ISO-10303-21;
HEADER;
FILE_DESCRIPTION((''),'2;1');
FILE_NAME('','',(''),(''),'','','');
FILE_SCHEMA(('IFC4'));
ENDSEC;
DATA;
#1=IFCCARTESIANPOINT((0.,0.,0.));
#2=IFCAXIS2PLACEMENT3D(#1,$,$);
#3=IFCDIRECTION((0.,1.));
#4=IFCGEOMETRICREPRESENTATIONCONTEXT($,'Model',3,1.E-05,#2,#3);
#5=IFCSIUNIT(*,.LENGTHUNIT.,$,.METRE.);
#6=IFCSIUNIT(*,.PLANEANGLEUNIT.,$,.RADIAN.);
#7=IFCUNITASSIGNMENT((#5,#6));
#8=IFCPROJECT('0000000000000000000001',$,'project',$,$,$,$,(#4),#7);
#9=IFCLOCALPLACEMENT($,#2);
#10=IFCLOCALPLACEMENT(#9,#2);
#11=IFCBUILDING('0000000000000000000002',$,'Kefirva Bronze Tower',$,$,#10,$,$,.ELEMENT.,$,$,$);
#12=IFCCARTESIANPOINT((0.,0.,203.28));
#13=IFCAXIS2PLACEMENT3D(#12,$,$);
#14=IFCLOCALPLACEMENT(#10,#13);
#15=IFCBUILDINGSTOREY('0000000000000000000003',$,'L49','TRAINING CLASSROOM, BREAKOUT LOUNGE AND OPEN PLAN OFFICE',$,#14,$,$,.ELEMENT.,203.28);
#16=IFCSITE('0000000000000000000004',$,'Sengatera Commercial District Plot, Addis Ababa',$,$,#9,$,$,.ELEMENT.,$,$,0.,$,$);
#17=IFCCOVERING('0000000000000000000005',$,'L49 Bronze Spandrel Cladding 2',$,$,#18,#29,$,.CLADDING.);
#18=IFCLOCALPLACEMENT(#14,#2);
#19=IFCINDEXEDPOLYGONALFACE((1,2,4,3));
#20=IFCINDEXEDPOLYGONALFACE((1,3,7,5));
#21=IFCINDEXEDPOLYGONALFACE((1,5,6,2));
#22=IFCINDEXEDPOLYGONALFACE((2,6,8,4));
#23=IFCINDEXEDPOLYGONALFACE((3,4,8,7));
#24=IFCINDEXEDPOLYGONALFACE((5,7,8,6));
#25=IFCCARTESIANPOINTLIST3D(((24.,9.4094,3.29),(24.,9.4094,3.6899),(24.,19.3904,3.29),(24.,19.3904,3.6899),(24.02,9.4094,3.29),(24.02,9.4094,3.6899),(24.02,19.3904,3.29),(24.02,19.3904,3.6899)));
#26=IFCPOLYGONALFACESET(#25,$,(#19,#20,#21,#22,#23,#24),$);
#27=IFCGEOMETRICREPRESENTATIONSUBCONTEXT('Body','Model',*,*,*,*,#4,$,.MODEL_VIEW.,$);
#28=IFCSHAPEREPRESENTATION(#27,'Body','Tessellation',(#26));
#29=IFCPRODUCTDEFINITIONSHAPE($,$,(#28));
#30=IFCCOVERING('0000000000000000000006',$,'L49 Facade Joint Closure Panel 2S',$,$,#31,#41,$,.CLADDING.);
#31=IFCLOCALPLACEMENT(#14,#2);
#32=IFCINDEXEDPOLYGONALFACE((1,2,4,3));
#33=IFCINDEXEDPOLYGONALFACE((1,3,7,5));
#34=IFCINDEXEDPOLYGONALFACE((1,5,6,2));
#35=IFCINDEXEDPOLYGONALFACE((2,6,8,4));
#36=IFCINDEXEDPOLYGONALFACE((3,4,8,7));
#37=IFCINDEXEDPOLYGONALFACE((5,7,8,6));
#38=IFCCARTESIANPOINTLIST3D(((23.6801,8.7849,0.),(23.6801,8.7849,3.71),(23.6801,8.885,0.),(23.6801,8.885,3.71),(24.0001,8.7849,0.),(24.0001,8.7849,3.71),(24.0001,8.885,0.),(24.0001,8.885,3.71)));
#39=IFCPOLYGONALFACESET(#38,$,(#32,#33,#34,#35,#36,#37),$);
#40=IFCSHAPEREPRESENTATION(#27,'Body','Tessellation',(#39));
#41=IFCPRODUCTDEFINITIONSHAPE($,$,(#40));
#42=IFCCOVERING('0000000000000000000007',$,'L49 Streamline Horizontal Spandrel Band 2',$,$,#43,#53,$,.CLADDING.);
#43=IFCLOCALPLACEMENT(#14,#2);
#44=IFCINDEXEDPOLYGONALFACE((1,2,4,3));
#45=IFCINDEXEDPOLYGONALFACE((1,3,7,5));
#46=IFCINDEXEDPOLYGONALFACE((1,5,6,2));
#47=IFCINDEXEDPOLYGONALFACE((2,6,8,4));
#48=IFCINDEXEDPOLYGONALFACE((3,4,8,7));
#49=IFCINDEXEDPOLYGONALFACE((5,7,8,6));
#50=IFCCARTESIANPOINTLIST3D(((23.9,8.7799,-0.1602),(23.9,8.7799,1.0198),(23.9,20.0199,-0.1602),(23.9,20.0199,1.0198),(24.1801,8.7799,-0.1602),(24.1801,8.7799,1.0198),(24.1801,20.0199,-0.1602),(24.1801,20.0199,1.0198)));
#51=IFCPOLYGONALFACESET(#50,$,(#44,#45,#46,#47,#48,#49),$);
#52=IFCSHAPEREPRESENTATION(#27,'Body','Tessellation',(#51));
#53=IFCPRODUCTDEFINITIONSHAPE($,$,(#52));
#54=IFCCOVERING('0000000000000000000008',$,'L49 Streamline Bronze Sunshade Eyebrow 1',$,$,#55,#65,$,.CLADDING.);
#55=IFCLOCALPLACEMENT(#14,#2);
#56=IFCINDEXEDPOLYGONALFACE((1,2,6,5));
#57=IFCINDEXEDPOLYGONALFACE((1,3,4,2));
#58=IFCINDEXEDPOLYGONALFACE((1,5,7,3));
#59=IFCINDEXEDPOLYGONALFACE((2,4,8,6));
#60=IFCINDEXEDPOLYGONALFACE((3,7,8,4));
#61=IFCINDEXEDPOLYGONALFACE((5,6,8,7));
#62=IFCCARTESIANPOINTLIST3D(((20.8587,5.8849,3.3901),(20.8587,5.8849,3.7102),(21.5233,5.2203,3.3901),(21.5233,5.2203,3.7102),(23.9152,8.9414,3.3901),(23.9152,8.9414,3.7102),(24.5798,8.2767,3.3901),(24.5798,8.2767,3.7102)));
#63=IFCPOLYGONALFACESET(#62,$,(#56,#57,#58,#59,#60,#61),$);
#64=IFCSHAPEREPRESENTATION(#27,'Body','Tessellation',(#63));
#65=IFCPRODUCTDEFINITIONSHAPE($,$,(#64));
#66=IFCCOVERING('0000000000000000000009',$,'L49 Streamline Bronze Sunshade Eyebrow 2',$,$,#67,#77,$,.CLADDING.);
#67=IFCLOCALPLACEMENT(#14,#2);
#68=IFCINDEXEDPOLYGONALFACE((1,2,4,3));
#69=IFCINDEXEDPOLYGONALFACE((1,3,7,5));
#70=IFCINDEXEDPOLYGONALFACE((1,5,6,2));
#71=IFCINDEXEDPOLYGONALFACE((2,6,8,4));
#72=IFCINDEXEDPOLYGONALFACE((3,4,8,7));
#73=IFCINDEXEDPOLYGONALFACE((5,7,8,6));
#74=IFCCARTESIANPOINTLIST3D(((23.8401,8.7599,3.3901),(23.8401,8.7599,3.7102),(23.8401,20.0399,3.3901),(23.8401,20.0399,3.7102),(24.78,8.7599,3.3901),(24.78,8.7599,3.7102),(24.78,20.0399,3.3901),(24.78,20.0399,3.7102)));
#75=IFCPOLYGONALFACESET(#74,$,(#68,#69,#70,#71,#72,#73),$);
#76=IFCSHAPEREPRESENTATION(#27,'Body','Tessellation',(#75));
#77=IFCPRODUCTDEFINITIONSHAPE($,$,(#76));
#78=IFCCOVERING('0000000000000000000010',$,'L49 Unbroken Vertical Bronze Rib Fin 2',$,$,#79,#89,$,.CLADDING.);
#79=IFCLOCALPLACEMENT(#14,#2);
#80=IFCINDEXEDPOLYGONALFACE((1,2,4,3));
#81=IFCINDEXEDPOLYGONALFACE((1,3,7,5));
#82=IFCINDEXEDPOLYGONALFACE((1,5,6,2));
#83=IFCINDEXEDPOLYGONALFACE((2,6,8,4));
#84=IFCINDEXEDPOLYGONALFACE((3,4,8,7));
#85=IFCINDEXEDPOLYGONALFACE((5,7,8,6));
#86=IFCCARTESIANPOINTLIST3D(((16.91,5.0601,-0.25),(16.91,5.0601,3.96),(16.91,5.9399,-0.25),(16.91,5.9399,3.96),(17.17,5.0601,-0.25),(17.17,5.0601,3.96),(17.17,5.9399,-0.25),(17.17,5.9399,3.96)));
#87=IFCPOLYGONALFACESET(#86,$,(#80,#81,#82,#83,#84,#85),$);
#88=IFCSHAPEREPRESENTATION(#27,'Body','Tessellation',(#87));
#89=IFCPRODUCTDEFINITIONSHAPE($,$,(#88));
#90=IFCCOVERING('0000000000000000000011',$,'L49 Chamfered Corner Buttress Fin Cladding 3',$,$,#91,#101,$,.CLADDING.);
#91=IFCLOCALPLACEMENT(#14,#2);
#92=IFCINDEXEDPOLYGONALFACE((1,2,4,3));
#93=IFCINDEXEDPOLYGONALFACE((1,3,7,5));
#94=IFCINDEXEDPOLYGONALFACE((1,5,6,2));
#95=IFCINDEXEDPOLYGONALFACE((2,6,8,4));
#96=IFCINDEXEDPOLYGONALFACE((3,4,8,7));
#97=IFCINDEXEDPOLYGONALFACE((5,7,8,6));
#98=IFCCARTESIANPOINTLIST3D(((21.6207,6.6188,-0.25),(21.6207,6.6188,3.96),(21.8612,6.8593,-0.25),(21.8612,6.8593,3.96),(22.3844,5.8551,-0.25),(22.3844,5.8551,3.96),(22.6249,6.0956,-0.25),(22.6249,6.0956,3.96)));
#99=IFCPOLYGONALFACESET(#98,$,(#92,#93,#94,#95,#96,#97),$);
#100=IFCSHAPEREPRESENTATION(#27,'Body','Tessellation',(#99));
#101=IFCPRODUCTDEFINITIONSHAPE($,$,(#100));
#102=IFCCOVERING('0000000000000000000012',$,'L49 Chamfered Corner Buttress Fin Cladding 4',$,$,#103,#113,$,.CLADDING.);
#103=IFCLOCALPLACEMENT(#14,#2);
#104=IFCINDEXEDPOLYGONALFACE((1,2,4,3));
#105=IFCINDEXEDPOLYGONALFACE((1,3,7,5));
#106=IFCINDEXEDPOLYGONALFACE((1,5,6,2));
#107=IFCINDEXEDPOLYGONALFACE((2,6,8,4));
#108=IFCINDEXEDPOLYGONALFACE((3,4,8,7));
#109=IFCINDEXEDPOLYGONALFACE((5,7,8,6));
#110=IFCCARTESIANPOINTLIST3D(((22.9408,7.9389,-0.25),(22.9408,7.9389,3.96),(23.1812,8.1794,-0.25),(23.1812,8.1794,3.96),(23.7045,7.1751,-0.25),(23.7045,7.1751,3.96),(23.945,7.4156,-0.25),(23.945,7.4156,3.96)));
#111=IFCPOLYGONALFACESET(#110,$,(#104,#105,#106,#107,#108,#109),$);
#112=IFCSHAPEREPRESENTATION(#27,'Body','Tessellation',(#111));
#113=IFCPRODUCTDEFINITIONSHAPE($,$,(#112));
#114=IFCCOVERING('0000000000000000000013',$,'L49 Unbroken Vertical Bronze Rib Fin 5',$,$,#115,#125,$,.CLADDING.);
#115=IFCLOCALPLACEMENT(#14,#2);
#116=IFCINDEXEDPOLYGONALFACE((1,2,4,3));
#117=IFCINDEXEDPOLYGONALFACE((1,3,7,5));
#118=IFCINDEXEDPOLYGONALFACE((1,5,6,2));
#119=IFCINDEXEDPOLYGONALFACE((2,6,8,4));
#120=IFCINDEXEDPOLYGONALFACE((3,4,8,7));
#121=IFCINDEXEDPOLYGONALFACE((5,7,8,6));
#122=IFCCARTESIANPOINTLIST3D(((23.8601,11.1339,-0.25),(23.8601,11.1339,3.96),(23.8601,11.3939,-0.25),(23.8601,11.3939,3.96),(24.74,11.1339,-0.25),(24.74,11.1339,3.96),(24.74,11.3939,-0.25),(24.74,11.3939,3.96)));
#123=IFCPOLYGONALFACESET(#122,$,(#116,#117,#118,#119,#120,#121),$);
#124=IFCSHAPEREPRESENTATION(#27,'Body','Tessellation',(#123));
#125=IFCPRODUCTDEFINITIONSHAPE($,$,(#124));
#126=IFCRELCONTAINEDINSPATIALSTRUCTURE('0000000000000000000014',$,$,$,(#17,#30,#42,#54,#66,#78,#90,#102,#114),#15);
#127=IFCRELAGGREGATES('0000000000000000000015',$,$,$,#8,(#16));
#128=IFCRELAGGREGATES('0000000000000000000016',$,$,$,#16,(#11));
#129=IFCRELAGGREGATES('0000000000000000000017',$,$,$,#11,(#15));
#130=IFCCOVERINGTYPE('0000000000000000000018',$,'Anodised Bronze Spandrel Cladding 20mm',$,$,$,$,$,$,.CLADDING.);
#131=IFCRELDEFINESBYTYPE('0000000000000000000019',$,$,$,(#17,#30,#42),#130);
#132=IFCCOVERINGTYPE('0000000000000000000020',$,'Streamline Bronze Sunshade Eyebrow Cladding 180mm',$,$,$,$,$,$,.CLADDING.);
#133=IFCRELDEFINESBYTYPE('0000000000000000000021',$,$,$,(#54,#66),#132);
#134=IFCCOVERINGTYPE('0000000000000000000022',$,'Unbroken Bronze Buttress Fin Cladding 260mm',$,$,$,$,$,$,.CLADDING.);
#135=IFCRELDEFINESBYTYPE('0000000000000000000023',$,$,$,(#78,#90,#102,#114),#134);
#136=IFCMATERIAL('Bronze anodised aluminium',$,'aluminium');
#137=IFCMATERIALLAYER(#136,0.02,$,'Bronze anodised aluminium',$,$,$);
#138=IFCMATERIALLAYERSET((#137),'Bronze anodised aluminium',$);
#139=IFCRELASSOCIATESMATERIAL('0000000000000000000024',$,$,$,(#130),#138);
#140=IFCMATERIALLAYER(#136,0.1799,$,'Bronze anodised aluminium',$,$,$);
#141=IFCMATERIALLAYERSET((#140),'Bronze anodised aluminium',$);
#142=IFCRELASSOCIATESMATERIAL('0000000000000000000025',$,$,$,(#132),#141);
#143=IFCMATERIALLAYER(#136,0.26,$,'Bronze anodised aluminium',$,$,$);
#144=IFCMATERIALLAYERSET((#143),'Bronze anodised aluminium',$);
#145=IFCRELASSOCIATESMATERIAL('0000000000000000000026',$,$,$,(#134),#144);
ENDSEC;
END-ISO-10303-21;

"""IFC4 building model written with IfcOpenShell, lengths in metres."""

from ifc_helpers import new_model, si_unit, direction, frame, origin, origin_2d, place, context, subcontext, project, spatial, rectangle, extrude, material, layer, layer_set, type_object, element, save


model = new_model("IFC4")

# Units and contexts
model_context = context("Model", 3, precision=1e-05, world=origin(), true_north=direction((0.0, 1.0)))
body_context = subcontext(model_context, "Body", "Model", "MODEL_VIEW")
ifc_project = project(units=[si_unit("LENGTHUNIT", "METRE"), si_unit("PLANEANGLEUNIT", "RADIAN")], contexts=[model_context])

# Site, building, storey
site_placement = place(None, origin())
site = spatial("IfcSite", under=ifc_project, at=site_placement, Name="Sengatera Commercial District Plot, Addis Ababa", CompositionType="ELEMENT", RefElevation=0.0)
building_placement = place(site_placement, origin())
building = spatial("IfcBuilding", under=site, at=building_placement, Name="Kefirva Bronze Tower", CompositionType="ELEMENT")
storey_placement = place(building_placement, frame((0.0, 0.0, 203.28)))
storey = spatial("IfcBuildingStorey", under=building, at=storey_placement, Name="L49", Description="TRAINING CLASSROOM, BREAKOUT LOUNGE AND OPEN PLAN OFFICE", CompositionType="ELEMENT", Elevation=203.28)

# Shared definitions
ifc_material_1 = material(Name="Bronze anodised aluminium", Category="aluminium")

# Coverings
ifc_layer_1 = layer(ifc_material_1, 0.02, Name="Bronze anodised aluminium")
ifc_layer_set_1 = layer_set([ifc_layer_1], Name="Bronze anodised aluminium")
covering_type_1 = type_object("IfcCoveringType", Name="Anodised Bronze Spandrel Cladding 20mm", PredefinedType="CLADDING", material=ifc_layer_set_1)
covering_1_placement = place(storey_placement, frame((24.01, 14.3999, 3.29), z_axis=(0.0, 0.0, 1.0), x_axis=(0.0, 1.0, 0.0)))
element("IfcCovering", 1, at=covering_1_placement, inside=storey, type_object=covering_type_1, Name="L49 Bronze Spandrel Cladding 2", PredefinedType="CLADDING", context=body_context, shape_type="SweptSolid", body=[
    extrude(rectangle(XDim=9.981, YDim=0.02, at=origin_2d()), origin(), (0.0, 0.0, 1.0), 0.3999),
])
covering_2_placement = place(storey_placement, frame((23.8401, 8.835, 0.0), z_axis=(0.0, 0.0, 1.0), x_axis=(0.0, 1.0, 0.0)))
element("IfcCovering", 2, at=covering_2_placement, inside=storey, type_object=covering_type_1, Name="L49 Facade Joint Closure Panel 2S", PredefinedType="CLADDING", context=body_context, shape_type="SweptSolid", body=[
    extrude(rectangle(XDim=0.1001, YDim=0.3201, at=origin_2d()), origin(), (0.0, 0.0, 1.0), 3.71),
])
covering_3_placement = place(storey_placement, frame((24.04, 14.3999, -0.1602), z_axis=(0.0, 0.0, 1.0), x_axis=(0.0, 1.0, 0.0)))
element("IfcCovering", 3, at=covering_3_placement, inside=storey, type_object=covering_type_1, Name="L49 Streamline Horizontal Spandrel Band 2", PredefinedType="CLADDING", context=body_context, shape_type="SweptSolid", body=[
    extrude(rectangle(XDim=11.24, YDim=0.28, at=origin_2d()), origin(), (0.0, 0.0, 1.0), 1.1799),
])
ifc_layer_2 = layer(ifc_material_1, 0.1799, Name="Bronze anodised aluminium")
ifc_layer_set_2 = layer_set([ifc_layer_2], Name="Bronze anodised aluminium")
covering_type_2 = type_object("IfcCoveringType", Name="Streamline Bronze Sunshade Eyebrow Cladding 180mm", PredefinedType="CLADDING", material=ifc_layer_set_2)
covering_4_placement = place(storey_placement, frame((22.7192, 7.0808, 3.3901), z_axis=(0.0, 0.0, 1.0), x_axis=(0.707107, 0.707107, 0.0)))
element("IfcCovering", 4, at=covering_4_placement, inside=storey, type_object=covering_type_2, Name="L49 Streamline Bronze Sunshade Eyebrow 1", PredefinedType="CLADDING", context=body_context, shape_type="SweptSolid", body=[
    extrude(rectangle(XDim=4.3225, YDim=0.9399, at=origin_2d()), origin(), (0.0, 0.0, 1.0), 0.3201),
])
covering_5_placement = place(storey_placement, frame((24.3101, 14.3999, 3.3901), z_axis=(0.0, 0.0, 1.0), x_axis=(0.0, 1.0, 0.0)))
element("IfcCovering", 5, at=covering_5_placement, inside=storey, type_object=covering_type_2, Name="L49 Streamline Bronze Sunshade Eyebrow 2", PredefinedType="CLADDING", context=body_context, shape_type="SweptSolid", body=[
    extrude(rectangle(XDim=11.28, YDim=0.9399, at=origin_2d()), origin(), (0.0, 0.0, 1.0), 0.3201),
])
ifc_layer_3 = layer(ifc_material_1, 0.26, Name="Bronze anodised aluminium")
ifc_layer_set_3 = layer_set([ifc_layer_3], Name="Bronze anodised aluminium")
covering_type_3 = type_object("IfcCoveringType", Name="Unbroken Bronze Buttress Fin Cladding 260mm", PredefinedType="CLADDING", material=ifc_layer_set_3)
covering_6_placement = place(storey_placement, frame((17.04, 5.5, -0.25), z_axis=(0.0, 0.0, 1.0), x_axis=(1.0, 0.0, 0.0)))
element("IfcCovering", 6, at=covering_6_placement, inside=storey, type_object=covering_type_3, Name="L49 Unbroken Vertical Bronze Rib Fin 2", PredefinedType="CLADDING", context=body_context, shape_type="SweptSolid", body=[
    extrude(rectangle(XDim=0.26, YDim=0.8799, at=origin_2d()), origin(), (0.0, 0.0, 1.0), 4.21),
])
for number, where, z_axis, x_axis, name in (
    (7, (22.1228, 6.3572, -0.25), (0.0, 0.0, 1.0), (0.707107, 0.707107, 0.0), "L49 Chamfered Corner Buttress Fin Cladding 3"),
    (8, (23.4429, 7.6772, -0.25), (0.0, 0.0, 1.0), (0.707107, 0.707107, 0.0), "L49 Chamfered Corner Buttress Fin Cladding 4"),
):
    element("IfcCovering", number, at=place(storey_placement, frame(where, z_axis=z_axis, x_axis=x_axis)), inside=storey, type_object=covering_type_3, Name=name, PredefinedType="CLADDING", context=body_context, shape_type="SweptSolid", body=[
        extrude(rectangle(XDim=0.3401, YDim=1.0801, at=origin_2d()), origin(), (0.0, 0.0, 1.0), 4.21),
    ])
covering_7_placement = place(storey_placement, frame((24.3, 11.2639, -0.25), z_axis=(0.0, 0.0, 1.0), x_axis=(0.0, 1.0, 0.0)))
element("IfcCovering", 9, at=covering_7_placement, inside=storey, type_object=covering_type_3, Name="L49 Unbroken Vertical Bronze Rib Fin 5", PredefinedType="CLADDING", context=body_context, shape_type="SweptSolid", body=[
    extrude(rectangle(XDim=0.26, YDim=0.8799, at=origin_2d()), origin(), (0.0, 0.0, 1.0), 4.21),
])

save(model, "model.ifc")
